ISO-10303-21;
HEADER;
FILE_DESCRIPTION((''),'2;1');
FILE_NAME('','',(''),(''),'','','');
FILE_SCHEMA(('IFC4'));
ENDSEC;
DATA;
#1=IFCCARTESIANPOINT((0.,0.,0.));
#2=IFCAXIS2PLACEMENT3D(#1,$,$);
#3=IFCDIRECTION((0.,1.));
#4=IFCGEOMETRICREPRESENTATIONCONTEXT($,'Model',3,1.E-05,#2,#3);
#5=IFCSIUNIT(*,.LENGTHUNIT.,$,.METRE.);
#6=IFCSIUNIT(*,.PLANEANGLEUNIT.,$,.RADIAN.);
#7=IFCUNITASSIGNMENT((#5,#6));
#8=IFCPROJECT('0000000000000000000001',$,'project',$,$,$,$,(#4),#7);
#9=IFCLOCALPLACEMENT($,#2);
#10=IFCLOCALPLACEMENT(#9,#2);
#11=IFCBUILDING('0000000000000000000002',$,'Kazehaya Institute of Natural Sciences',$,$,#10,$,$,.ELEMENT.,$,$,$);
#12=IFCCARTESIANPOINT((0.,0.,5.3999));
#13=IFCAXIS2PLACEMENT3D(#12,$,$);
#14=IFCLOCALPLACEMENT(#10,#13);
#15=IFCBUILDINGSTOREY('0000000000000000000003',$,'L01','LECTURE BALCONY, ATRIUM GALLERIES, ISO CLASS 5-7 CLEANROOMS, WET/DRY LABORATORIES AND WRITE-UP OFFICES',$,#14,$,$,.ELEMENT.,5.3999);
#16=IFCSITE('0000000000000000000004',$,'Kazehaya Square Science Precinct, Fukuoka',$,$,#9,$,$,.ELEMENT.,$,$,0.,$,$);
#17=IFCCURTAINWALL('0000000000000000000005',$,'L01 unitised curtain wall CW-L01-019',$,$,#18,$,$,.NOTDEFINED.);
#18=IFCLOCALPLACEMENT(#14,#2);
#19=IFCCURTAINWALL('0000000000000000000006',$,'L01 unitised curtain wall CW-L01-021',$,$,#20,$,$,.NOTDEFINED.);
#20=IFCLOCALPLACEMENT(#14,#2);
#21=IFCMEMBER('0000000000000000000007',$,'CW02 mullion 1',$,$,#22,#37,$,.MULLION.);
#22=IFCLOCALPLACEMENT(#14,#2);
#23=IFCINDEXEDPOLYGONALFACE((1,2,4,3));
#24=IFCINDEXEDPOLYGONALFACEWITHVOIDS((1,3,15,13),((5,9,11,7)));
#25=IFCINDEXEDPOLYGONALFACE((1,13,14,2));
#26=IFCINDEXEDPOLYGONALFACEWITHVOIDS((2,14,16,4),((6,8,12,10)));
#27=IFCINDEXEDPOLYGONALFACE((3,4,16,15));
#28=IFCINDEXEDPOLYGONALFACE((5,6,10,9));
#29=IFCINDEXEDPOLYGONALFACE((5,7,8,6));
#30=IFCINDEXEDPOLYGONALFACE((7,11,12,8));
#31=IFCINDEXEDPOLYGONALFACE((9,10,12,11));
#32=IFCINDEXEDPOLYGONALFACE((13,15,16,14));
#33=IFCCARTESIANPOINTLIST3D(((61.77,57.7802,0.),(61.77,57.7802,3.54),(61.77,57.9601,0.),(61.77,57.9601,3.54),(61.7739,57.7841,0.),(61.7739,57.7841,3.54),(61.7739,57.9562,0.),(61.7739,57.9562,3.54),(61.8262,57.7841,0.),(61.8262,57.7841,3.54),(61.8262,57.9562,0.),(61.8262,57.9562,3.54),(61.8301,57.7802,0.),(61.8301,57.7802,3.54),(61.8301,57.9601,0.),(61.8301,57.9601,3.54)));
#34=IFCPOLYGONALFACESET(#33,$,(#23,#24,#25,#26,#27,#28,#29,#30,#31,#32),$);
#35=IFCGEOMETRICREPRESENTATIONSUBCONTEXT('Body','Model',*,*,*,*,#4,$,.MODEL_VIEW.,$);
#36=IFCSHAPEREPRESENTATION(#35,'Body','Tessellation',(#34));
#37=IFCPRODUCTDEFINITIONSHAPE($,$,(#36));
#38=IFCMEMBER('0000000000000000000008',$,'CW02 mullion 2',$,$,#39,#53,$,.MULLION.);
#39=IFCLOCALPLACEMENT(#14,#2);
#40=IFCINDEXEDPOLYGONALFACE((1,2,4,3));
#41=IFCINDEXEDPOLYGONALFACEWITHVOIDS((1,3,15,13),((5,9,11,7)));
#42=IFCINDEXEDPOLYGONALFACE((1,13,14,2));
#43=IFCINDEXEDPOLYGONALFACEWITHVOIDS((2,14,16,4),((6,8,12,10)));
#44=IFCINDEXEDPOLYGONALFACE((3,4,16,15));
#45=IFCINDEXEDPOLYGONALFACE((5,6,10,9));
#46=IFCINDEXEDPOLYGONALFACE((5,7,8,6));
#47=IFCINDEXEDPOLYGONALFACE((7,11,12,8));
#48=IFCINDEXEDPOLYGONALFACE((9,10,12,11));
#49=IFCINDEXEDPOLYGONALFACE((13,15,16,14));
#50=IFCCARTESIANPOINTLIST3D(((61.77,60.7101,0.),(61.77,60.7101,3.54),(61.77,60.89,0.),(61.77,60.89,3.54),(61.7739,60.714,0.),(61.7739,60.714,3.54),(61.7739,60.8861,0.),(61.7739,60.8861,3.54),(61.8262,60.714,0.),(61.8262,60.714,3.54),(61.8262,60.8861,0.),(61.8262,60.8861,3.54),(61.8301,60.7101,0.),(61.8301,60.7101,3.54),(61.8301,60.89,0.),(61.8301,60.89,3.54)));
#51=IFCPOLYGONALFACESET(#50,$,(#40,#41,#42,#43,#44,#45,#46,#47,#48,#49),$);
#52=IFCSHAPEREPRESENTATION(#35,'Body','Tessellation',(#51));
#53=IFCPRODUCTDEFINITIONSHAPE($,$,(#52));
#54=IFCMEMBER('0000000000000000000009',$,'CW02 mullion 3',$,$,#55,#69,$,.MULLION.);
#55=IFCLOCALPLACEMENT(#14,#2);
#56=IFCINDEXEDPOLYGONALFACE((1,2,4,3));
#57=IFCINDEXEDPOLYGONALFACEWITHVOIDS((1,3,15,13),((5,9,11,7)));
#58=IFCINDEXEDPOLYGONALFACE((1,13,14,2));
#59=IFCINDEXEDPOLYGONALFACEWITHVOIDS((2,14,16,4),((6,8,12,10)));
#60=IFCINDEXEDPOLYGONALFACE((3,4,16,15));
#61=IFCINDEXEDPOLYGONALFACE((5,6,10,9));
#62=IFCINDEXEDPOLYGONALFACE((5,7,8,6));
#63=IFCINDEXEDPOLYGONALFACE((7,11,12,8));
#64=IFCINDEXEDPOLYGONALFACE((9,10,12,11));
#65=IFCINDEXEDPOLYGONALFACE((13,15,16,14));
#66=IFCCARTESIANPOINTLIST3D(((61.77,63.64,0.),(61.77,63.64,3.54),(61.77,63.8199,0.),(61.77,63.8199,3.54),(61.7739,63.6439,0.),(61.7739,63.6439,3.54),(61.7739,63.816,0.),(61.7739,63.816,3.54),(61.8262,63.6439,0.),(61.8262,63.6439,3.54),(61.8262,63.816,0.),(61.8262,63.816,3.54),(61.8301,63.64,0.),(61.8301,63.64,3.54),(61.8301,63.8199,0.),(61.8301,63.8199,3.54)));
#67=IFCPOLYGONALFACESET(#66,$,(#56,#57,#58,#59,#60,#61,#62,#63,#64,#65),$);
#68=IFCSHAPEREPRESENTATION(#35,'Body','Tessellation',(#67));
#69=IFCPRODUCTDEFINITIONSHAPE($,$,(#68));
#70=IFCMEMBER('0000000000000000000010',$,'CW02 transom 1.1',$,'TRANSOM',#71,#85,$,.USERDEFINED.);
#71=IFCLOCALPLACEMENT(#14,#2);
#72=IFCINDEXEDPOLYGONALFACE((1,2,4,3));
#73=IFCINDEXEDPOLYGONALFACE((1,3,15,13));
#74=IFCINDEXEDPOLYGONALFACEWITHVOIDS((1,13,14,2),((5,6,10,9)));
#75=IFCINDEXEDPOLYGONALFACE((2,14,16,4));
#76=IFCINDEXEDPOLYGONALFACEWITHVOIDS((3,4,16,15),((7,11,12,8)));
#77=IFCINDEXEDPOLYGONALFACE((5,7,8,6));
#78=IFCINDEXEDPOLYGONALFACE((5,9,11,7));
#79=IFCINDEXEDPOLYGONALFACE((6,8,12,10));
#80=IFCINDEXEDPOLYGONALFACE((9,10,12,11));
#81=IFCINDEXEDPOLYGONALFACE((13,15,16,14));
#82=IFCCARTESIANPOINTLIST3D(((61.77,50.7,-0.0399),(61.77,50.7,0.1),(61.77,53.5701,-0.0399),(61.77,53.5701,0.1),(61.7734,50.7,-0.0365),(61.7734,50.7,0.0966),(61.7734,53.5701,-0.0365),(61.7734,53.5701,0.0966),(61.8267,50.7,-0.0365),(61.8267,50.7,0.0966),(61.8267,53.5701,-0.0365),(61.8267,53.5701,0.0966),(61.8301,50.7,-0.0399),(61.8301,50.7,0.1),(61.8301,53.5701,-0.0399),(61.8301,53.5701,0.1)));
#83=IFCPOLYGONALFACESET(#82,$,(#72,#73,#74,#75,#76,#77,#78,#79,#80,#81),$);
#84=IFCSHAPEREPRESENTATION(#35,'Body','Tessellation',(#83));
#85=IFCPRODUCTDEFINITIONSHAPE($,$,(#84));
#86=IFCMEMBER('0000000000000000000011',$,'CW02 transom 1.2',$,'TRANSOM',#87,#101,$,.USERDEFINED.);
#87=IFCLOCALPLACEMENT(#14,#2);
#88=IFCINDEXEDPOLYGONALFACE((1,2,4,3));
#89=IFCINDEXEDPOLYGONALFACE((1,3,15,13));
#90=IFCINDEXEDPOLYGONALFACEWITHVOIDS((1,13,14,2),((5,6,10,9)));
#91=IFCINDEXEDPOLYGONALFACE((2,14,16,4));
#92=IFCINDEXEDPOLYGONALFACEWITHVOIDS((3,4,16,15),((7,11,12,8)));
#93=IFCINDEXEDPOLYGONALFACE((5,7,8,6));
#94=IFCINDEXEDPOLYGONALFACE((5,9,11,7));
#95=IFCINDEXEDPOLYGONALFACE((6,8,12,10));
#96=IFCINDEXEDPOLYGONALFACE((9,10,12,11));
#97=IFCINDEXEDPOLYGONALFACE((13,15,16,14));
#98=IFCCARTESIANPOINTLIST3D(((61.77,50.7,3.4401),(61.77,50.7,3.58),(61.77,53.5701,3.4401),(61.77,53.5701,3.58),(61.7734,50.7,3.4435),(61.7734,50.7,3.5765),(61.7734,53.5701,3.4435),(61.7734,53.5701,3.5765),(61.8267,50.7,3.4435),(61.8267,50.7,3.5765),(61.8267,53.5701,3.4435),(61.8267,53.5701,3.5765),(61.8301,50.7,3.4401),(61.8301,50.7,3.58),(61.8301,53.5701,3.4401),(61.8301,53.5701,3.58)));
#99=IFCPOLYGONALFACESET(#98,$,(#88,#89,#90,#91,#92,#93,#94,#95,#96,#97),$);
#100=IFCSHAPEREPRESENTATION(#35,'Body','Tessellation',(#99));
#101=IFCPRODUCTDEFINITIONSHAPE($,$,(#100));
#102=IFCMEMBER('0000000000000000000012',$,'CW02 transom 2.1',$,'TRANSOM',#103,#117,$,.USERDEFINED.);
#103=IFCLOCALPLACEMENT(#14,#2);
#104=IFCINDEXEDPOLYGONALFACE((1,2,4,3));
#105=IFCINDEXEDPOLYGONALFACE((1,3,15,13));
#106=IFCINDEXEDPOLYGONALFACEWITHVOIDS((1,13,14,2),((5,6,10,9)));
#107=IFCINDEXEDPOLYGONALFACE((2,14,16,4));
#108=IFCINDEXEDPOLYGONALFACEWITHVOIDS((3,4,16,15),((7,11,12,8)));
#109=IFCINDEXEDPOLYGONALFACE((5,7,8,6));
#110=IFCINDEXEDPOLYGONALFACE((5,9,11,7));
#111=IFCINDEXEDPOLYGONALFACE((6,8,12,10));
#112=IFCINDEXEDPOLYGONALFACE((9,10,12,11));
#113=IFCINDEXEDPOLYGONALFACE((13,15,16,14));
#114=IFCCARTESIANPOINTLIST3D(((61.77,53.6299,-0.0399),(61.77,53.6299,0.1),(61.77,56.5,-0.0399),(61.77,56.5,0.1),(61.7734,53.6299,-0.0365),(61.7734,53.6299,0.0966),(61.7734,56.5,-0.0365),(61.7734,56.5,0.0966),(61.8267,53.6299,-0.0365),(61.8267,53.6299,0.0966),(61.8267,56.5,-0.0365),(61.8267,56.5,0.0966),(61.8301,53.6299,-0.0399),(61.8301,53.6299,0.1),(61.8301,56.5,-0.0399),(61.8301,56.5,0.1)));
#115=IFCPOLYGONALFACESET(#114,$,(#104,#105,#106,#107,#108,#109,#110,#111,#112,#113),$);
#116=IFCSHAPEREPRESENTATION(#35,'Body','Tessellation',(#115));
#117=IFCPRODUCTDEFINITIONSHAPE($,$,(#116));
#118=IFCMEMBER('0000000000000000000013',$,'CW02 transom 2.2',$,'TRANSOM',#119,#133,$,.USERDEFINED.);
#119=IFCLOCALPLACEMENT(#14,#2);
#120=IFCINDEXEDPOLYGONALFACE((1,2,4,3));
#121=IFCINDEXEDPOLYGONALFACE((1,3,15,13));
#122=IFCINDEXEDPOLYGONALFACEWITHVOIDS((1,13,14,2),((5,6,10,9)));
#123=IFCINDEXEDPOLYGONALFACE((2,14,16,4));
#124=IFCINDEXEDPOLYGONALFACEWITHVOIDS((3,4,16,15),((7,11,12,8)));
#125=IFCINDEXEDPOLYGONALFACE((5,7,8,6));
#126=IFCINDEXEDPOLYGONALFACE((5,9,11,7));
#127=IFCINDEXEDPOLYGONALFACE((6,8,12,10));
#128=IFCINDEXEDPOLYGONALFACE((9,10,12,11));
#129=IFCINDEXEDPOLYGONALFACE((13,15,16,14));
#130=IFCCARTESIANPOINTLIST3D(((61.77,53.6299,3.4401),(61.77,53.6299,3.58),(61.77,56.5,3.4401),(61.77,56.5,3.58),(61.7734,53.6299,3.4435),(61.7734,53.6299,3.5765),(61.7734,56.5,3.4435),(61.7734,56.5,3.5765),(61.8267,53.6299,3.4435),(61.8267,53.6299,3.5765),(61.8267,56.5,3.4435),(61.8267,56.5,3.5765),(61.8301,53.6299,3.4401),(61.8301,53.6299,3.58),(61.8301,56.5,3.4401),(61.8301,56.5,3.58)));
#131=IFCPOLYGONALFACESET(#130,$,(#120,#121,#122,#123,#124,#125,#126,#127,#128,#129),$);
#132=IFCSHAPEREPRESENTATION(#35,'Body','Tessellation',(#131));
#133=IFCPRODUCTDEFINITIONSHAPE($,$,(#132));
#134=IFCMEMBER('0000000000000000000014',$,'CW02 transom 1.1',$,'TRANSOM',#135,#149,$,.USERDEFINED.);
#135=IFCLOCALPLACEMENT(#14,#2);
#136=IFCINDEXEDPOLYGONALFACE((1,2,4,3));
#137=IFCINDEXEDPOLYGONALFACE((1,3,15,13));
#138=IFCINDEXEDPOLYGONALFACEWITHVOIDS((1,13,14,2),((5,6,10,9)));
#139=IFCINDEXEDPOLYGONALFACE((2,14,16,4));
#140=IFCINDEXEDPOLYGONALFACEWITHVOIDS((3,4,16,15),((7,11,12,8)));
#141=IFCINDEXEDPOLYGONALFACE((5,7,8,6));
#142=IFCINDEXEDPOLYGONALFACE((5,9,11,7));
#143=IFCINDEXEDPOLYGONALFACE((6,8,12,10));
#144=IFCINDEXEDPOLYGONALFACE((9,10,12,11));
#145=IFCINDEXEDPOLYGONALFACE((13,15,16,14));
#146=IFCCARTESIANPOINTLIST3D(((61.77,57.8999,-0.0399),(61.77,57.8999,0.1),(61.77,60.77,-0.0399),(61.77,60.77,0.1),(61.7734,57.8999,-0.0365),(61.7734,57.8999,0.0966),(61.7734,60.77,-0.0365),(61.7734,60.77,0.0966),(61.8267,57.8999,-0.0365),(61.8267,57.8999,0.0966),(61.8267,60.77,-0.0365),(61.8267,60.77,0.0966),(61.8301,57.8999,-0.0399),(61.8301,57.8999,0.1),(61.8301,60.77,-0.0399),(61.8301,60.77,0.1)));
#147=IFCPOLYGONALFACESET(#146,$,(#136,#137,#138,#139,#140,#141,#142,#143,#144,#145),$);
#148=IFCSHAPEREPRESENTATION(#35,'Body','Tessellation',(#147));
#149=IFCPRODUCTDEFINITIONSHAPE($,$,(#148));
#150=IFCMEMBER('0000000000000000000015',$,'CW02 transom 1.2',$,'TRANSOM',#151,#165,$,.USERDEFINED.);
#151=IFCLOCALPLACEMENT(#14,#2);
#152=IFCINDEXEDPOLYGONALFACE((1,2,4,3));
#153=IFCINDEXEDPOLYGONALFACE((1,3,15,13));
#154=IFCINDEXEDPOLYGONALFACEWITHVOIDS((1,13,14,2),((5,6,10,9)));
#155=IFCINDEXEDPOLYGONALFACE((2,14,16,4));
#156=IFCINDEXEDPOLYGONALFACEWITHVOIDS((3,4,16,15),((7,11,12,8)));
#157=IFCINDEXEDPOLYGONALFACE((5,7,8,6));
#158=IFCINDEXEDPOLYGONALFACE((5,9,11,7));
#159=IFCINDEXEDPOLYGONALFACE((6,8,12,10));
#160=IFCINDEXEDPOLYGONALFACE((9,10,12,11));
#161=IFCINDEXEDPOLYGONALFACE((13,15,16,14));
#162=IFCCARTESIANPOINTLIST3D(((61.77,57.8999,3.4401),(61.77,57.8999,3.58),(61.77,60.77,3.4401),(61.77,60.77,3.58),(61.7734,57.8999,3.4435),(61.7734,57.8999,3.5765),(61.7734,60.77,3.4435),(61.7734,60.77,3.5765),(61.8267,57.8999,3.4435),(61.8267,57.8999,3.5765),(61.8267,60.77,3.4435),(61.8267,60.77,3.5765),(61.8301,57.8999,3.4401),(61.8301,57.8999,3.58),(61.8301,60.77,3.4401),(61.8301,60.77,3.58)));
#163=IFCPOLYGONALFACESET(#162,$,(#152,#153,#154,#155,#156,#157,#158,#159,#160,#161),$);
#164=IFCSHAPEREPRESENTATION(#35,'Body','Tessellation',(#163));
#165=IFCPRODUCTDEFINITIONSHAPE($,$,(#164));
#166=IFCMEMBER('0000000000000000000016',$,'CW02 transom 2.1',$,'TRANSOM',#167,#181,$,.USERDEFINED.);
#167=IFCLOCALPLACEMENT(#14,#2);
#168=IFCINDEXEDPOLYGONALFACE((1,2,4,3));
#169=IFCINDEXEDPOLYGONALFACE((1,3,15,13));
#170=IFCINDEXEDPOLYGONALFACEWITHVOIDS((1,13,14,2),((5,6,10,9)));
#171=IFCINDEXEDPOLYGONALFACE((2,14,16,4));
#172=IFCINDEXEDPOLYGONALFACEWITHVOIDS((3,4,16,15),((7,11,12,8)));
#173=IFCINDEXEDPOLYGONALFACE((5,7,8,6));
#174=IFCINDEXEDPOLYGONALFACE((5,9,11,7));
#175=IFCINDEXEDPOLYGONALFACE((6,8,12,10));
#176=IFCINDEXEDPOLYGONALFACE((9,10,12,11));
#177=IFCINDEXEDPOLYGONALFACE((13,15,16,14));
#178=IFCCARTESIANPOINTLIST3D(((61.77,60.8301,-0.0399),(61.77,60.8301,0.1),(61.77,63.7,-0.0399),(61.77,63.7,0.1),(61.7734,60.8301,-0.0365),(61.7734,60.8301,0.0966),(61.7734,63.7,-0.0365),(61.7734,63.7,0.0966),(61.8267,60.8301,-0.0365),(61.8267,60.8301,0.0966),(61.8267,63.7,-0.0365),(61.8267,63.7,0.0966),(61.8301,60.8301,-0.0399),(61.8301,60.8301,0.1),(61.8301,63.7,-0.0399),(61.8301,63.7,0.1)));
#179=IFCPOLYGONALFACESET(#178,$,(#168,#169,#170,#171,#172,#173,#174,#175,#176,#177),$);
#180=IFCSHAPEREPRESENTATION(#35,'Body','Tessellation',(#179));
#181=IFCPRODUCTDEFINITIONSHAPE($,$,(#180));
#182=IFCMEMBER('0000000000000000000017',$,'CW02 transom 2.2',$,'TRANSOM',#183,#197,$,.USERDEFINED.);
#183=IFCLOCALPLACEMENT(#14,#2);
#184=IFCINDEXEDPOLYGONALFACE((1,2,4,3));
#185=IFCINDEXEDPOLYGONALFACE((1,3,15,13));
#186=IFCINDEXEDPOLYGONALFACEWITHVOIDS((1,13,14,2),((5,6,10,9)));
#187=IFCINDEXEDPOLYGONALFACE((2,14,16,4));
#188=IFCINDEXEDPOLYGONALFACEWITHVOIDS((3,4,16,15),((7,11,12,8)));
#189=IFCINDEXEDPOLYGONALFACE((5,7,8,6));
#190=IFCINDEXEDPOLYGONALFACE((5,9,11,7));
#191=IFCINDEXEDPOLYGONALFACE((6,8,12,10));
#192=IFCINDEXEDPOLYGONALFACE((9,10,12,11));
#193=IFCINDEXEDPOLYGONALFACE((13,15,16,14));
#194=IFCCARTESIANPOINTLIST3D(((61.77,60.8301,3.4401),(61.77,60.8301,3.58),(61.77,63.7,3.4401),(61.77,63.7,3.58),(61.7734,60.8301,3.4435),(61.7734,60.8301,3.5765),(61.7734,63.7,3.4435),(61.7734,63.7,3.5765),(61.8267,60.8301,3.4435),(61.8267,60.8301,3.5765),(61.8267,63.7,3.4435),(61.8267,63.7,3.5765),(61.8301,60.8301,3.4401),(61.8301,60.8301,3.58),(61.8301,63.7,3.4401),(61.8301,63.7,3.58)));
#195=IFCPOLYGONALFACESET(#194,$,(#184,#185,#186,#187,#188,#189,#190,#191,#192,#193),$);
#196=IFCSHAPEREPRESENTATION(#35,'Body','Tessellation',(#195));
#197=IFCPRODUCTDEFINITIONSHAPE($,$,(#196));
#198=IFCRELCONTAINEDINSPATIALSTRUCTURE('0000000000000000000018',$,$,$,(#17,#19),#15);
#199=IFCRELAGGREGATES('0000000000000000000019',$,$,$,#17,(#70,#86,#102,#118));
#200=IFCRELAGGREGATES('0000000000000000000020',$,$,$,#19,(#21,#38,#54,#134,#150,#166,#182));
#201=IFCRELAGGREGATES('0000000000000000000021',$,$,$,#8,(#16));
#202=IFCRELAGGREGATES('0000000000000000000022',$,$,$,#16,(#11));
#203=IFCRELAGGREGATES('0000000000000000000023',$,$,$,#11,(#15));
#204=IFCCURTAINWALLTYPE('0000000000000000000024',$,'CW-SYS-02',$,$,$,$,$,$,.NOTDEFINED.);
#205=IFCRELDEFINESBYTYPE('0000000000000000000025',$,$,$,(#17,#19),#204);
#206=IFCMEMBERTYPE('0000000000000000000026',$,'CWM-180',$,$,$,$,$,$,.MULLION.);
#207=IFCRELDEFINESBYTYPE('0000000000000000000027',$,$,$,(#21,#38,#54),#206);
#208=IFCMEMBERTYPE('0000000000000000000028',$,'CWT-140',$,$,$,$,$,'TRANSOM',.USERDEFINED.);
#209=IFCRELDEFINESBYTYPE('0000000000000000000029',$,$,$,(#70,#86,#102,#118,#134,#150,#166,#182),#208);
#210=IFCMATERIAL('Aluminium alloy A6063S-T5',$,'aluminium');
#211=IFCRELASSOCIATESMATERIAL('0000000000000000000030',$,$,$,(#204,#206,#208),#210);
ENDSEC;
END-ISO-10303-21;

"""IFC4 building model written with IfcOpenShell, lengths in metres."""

from ifc_helpers import new_model, si_unit, direction, frame, origin, origin_2d, place, context, subcontext, project, spatial, hollow_rectangle, extrude, material, material_profile, profile_set, type_object, element, aggregate, save


model = new_model("IFC4")

# Units and contexts
model_context = context("Model", 3, precision=1e-05, world=origin(), true_north=direction((0.0, 1.0)))
body_context = subcontext(model_context, "Body", "Model", "MODEL_VIEW")
ifc_project = project(units=[si_unit("LENGTHUNIT", "METRE"), si_unit("PLANEANGLEUNIT", "RADIAN")], contexts=[model_context])

# Site, building, storey
site_placement = place(None, origin())
site = spatial("IfcSite", under=ifc_project, at=site_placement, Name="Kazehaya Square Science Precinct, Fukuoka", CompositionType="ELEMENT", RefElevation=0.0)
building_placement = place(site_placement, origin())
building = spatial("IfcBuilding", under=site, at=building_placement, Name="Kazehaya Institute of Natural Sciences", CompositionType="ELEMENT")
storey_placement = place(building_placement, frame((0.0, 0.0, 5.3999)))
storey = spatial("IfcBuildingStorey", under=building, at=storey_placement, Name="L01", Description="LECTURE BALCONY, ATRIUM GALLERIES, ISO CLASS 5-7 CLEANROOMS, WET/DRY LABORATORIES AND WRITE-UP OFFICES", CompositionType="ELEMENT", Elevation=5.3999)

# Curtain walls, members
ifc_material_1 = material(Name="Aluminium alloy A6063S-T5", Category="aluminium")
curtain_wall_type = type_object("IfcCurtainWallType", Name="CW-SYS-02", PredefinedType="NOTDEFINED", material=ifc_material_1)
curtain_wall_1_placement = place(storey_placement, origin())
curtain_wall_1 = element("IfcCurtainWall", 1, at=curtain_wall_1_placement, inside=storey, type_object=curtain_wall_type, Name="L01 unitised curtain wall CW-L01-019", PredefinedType="NOTDEFINED")
ifc_material_profile_1 = material_profile(ifc_material_1, hollow_rectangle(XDim=0.0601, YDim=0.1799, WallThickness=0.0039, at=origin_2d()), Name="ALU-60x180x4")
ifc_profile_set_1 = profile_set([ifc_material_profile_1], Name="Aluminium alloy A6063S-T5")
member_type_1 = type_object("IfcMemberType", Name="CWM-180", PredefinedType="MULLION", material=ifc_profile_set_1)
curtain_wall_2_placement = place(storey_placement, origin())
curtain_wall_2 = element("IfcCurtainWall", 2, at=curtain_wall_2_placement, inside=storey, type_object=curtain_wall_type, Name="L01 unitised curtain wall CW-L01-021", PredefinedType="NOTDEFINED")
member_1_placement = place(storey_placement, frame((61.8, 57.8701, 0.0), z_axis=(0.0, 0.0, 1.0), x_axis=(-1.0, 0.0, 0.0)))
member_1 = element("IfcMember", 3, at=member_1_placement, type_object=member_type_1, Name="CW02 mullion 1", PredefinedType="MULLION", context=body_context, shape_type="SweptSolid", body=[
    extrude(hollow_rectangle(XDim=0.0601, YDim=0.1799, WallThickness=0.0039, at=origin_2d()), origin(), (0.0, 0.0, 1.0), 3.54),
])
member_2_placement = place(storey_placement, frame((61.8, 60.8, 0.0), z_axis=(0.0, 0.0, 1.0), x_axis=(-1.0, 0.0, 0.0)))
member_2 = element("IfcMember", 4, at=member_2_placement, type_object=member_type_1, Name="CW02 mullion 2", PredefinedType="MULLION", context=body_context, shape_type="SweptSolid", body=[
    extrude(hollow_rectangle(XDim=0.0601, YDim=0.1799, WallThickness=0.0039, at=origin_2d()), origin(), (0.0, 0.0, 1.0), 3.54),
])
member_3_placement = place(storey_placement, frame((61.8, 63.73, 0.0), z_axis=(0.0, 0.0, 1.0), x_axis=(-1.0, 0.0, 0.0)))
member_3 = element("IfcMember", 5, at=member_3_placement, type_object=member_type_1, Name="CW02 mullion 3", PredefinedType="MULLION", context=body_context, shape_type="SweptSolid", body=[
    extrude(hollow_rectangle(XDim=0.0601, YDim=0.1799, WallThickness=0.0039, at=origin_2d()), origin(), (0.0, 0.0, 1.0), 3.54),
])

# Members
ifc_material_profile_2 = material_profile(ifc_material_1, hollow_rectangle(XDim=0.0601, YDim=0.1399, WallThickness=0.0034, at=origin_2d()), Name="ALU-60x140x3.5")
ifc_profile_set_2 = profile_set([ifc_material_profile_2], Name="Aluminium alloy A6063S-T5")
member_type_2 = type_object("IfcMemberType", Name="CWT-140", ElementType="TRANSOM", PredefinedType="USERDEFINED", material=ifc_profile_set_2)
member_4_placement = place(storey_placement, frame((61.8, 50.7, 0.03), z_axis=(0.0, 1.0, 0.0), x_axis=(-1.0, 0.0, 0.0)))
member_4 = element("IfcMember", 6, at=member_4_placement, type_object=member_type_2, Name="CW02 transom 1.1", ObjectType="TRANSOM", PredefinedType="USERDEFINED", context=body_context, shape_type="SweptSolid", body=[
    extrude(hollow_rectangle(XDim=0.0601, YDim=0.1399, WallThickness=0.0034, at=origin_2d()), origin(), (0.0, 0.0, 1.0), 2.8701),
])
member_5_placement = place(storey_placement, frame((61.8, 50.7, 3.51), z_axis=(0.0, 1.0, 0.0), x_axis=(-1.0, 0.0, 0.0)))
member_5 = element("IfcMember", 7, at=member_5_placement, type_object=member_type_2, Name="CW02 transom 1.2", ObjectType="TRANSOM", PredefinedType="USERDEFINED", context=body_context, shape_type="SweptSolid", body=[
    extrude(hollow_rectangle(XDim=0.0601, YDim=0.1399, WallThickness=0.0034, at=origin_2d()), origin(), (0.0, 0.0, 1.0), 2.8701),
])
member_6_placement = place(storey_placement, frame((61.8, 53.6299, 0.03), z_axis=(0.0, 1.0, 0.0), x_axis=(-1.0, 0.0, 0.0)))
member_6 = element("IfcMember", 8, at=member_6_placement, type_object=member_type_2, Name="CW02 transom 2.1", ObjectType="TRANSOM", PredefinedType="USERDEFINED", context=body_context, shape_type="SweptSolid", body=[
    extrude(hollow_rectangle(XDim=0.0601, YDim=0.1399, WallThickness=0.0034, at=origin_2d()), origin(), (0.0, 0.0, 1.0), 2.8701),
])
member_7_placement = place(storey_placement, frame((61.8, 53.6299, 3.51), z_axis=(0.0, 1.0, 0.0), x_axis=(-1.0, 0.0, 0.0)))
member_7 = element("IfcMember", 9, at=member_7_placement, type_object=member_type_2, Name="CW02 transom 2.2", ObjectType="TRANSOM", PredefinedType="USERDEFINED", context=body_context, shape_type="SweptSolid", body=[
    extrude(hollow_rectangle(XDim=0.0601, YDim=0.1399, WallThickness=0.0034, at=origin_2d()), origin(), (0.0, 0.0, 1.0), 2.8701),
])
member_8_placement = place(storey_placement, frame((61.8, 57.8999, 0.03), z_axis=(0.0, 1.0, 0.0), x_axis=(-1.0, 0.0, 0.0)))
member_8 = element("IfcMember", 10, at=member_8_placement, type_object=member_type_2, Name="CW02 transom 1.1", ObjectType="TRANSOM", PredefinedType="USERDEFINED", context=body_context, shape_type="SweptSolid", body=[
    extrude(hollow_rectangle(XDim=0.0601, YDim=0.1399, WallThickness=0.0034, at=origin_2d()), origin(), (0.0, 0.0, 1.0), 2.8701),
])
member_9_placement = place(storey_placement, frame((61.8, 57.8999, 3.51), z_axis=(0.0, 1.0, 0.0), x_axis=(-1.0, 0.0, 0.0)))
member_9 = element("IfcMember", 11, at=member_9_placement, type_object=member_type_2, Name="CW02 transom 1.2", ObjectType="TRANSOM", PredefinedType="USERDEFINED", context=body_context, shape_type="SweptSolid", body=[
    extrude(hollow_rectangle(XDim=0.0601, YDim=0.1399, WallThickness=0.0034, at=origin_2d()), origin(), (0.0, 0.0, 1.0), 2.8701),
])
member_10_placement = place(storey_placement, frame((61.8, 60.8301, 0.03), z_axis=(0.0, 1.0, 0.0), x_axis=(-1.0, 0.0, 0.0)))
member_10 = element("IfcMember", 12, at=member_10_placement, type_object=member_type_2, Name="CW02 transom 2.1", ObjectType="TRANSOM", PredefinedType="USERDEFINED", context=body_context, shape_type="SweptSolid", body=[
    extrude(hollow_rectangle(XDim=0.0601, YDim=0.1399, WallThickness=0.0034, at=origin_2d()), origin(), (0.0, 0.0, 1.0), 2.8699),
])
member_11_placement = place(storey_placement, frame((61.8, 60.8301, 3.51), z_axis=(0.0, 1.0, 0.0), x_axis=(-1.0, 0.0, 0.0)))
member_11 = element("IfcMember", 13, at=member_11_placement, type_object=member_type_2, Name="CW02 transom 2.2", ObjectType="TRANSOM", PredefinedType="USERDEFINED", context=body_context, shape_type="SweptSolid", body=[
    extrude(hollow_rectangle(XDim=0.0601, YDim=0.1399, WallThickness=0.0034, at=origin_2d()), origin(), (0.0, 0.0, 1.0), 2.8699),
])

aggregate(curtain_wall_1, [member_4, member_5, member_6, member_7])
aggregate(curtain_wall_2, [member_1, member_2, member_3, member_8, member_9, member_10, member_11])

save(model, "model.ifc")
